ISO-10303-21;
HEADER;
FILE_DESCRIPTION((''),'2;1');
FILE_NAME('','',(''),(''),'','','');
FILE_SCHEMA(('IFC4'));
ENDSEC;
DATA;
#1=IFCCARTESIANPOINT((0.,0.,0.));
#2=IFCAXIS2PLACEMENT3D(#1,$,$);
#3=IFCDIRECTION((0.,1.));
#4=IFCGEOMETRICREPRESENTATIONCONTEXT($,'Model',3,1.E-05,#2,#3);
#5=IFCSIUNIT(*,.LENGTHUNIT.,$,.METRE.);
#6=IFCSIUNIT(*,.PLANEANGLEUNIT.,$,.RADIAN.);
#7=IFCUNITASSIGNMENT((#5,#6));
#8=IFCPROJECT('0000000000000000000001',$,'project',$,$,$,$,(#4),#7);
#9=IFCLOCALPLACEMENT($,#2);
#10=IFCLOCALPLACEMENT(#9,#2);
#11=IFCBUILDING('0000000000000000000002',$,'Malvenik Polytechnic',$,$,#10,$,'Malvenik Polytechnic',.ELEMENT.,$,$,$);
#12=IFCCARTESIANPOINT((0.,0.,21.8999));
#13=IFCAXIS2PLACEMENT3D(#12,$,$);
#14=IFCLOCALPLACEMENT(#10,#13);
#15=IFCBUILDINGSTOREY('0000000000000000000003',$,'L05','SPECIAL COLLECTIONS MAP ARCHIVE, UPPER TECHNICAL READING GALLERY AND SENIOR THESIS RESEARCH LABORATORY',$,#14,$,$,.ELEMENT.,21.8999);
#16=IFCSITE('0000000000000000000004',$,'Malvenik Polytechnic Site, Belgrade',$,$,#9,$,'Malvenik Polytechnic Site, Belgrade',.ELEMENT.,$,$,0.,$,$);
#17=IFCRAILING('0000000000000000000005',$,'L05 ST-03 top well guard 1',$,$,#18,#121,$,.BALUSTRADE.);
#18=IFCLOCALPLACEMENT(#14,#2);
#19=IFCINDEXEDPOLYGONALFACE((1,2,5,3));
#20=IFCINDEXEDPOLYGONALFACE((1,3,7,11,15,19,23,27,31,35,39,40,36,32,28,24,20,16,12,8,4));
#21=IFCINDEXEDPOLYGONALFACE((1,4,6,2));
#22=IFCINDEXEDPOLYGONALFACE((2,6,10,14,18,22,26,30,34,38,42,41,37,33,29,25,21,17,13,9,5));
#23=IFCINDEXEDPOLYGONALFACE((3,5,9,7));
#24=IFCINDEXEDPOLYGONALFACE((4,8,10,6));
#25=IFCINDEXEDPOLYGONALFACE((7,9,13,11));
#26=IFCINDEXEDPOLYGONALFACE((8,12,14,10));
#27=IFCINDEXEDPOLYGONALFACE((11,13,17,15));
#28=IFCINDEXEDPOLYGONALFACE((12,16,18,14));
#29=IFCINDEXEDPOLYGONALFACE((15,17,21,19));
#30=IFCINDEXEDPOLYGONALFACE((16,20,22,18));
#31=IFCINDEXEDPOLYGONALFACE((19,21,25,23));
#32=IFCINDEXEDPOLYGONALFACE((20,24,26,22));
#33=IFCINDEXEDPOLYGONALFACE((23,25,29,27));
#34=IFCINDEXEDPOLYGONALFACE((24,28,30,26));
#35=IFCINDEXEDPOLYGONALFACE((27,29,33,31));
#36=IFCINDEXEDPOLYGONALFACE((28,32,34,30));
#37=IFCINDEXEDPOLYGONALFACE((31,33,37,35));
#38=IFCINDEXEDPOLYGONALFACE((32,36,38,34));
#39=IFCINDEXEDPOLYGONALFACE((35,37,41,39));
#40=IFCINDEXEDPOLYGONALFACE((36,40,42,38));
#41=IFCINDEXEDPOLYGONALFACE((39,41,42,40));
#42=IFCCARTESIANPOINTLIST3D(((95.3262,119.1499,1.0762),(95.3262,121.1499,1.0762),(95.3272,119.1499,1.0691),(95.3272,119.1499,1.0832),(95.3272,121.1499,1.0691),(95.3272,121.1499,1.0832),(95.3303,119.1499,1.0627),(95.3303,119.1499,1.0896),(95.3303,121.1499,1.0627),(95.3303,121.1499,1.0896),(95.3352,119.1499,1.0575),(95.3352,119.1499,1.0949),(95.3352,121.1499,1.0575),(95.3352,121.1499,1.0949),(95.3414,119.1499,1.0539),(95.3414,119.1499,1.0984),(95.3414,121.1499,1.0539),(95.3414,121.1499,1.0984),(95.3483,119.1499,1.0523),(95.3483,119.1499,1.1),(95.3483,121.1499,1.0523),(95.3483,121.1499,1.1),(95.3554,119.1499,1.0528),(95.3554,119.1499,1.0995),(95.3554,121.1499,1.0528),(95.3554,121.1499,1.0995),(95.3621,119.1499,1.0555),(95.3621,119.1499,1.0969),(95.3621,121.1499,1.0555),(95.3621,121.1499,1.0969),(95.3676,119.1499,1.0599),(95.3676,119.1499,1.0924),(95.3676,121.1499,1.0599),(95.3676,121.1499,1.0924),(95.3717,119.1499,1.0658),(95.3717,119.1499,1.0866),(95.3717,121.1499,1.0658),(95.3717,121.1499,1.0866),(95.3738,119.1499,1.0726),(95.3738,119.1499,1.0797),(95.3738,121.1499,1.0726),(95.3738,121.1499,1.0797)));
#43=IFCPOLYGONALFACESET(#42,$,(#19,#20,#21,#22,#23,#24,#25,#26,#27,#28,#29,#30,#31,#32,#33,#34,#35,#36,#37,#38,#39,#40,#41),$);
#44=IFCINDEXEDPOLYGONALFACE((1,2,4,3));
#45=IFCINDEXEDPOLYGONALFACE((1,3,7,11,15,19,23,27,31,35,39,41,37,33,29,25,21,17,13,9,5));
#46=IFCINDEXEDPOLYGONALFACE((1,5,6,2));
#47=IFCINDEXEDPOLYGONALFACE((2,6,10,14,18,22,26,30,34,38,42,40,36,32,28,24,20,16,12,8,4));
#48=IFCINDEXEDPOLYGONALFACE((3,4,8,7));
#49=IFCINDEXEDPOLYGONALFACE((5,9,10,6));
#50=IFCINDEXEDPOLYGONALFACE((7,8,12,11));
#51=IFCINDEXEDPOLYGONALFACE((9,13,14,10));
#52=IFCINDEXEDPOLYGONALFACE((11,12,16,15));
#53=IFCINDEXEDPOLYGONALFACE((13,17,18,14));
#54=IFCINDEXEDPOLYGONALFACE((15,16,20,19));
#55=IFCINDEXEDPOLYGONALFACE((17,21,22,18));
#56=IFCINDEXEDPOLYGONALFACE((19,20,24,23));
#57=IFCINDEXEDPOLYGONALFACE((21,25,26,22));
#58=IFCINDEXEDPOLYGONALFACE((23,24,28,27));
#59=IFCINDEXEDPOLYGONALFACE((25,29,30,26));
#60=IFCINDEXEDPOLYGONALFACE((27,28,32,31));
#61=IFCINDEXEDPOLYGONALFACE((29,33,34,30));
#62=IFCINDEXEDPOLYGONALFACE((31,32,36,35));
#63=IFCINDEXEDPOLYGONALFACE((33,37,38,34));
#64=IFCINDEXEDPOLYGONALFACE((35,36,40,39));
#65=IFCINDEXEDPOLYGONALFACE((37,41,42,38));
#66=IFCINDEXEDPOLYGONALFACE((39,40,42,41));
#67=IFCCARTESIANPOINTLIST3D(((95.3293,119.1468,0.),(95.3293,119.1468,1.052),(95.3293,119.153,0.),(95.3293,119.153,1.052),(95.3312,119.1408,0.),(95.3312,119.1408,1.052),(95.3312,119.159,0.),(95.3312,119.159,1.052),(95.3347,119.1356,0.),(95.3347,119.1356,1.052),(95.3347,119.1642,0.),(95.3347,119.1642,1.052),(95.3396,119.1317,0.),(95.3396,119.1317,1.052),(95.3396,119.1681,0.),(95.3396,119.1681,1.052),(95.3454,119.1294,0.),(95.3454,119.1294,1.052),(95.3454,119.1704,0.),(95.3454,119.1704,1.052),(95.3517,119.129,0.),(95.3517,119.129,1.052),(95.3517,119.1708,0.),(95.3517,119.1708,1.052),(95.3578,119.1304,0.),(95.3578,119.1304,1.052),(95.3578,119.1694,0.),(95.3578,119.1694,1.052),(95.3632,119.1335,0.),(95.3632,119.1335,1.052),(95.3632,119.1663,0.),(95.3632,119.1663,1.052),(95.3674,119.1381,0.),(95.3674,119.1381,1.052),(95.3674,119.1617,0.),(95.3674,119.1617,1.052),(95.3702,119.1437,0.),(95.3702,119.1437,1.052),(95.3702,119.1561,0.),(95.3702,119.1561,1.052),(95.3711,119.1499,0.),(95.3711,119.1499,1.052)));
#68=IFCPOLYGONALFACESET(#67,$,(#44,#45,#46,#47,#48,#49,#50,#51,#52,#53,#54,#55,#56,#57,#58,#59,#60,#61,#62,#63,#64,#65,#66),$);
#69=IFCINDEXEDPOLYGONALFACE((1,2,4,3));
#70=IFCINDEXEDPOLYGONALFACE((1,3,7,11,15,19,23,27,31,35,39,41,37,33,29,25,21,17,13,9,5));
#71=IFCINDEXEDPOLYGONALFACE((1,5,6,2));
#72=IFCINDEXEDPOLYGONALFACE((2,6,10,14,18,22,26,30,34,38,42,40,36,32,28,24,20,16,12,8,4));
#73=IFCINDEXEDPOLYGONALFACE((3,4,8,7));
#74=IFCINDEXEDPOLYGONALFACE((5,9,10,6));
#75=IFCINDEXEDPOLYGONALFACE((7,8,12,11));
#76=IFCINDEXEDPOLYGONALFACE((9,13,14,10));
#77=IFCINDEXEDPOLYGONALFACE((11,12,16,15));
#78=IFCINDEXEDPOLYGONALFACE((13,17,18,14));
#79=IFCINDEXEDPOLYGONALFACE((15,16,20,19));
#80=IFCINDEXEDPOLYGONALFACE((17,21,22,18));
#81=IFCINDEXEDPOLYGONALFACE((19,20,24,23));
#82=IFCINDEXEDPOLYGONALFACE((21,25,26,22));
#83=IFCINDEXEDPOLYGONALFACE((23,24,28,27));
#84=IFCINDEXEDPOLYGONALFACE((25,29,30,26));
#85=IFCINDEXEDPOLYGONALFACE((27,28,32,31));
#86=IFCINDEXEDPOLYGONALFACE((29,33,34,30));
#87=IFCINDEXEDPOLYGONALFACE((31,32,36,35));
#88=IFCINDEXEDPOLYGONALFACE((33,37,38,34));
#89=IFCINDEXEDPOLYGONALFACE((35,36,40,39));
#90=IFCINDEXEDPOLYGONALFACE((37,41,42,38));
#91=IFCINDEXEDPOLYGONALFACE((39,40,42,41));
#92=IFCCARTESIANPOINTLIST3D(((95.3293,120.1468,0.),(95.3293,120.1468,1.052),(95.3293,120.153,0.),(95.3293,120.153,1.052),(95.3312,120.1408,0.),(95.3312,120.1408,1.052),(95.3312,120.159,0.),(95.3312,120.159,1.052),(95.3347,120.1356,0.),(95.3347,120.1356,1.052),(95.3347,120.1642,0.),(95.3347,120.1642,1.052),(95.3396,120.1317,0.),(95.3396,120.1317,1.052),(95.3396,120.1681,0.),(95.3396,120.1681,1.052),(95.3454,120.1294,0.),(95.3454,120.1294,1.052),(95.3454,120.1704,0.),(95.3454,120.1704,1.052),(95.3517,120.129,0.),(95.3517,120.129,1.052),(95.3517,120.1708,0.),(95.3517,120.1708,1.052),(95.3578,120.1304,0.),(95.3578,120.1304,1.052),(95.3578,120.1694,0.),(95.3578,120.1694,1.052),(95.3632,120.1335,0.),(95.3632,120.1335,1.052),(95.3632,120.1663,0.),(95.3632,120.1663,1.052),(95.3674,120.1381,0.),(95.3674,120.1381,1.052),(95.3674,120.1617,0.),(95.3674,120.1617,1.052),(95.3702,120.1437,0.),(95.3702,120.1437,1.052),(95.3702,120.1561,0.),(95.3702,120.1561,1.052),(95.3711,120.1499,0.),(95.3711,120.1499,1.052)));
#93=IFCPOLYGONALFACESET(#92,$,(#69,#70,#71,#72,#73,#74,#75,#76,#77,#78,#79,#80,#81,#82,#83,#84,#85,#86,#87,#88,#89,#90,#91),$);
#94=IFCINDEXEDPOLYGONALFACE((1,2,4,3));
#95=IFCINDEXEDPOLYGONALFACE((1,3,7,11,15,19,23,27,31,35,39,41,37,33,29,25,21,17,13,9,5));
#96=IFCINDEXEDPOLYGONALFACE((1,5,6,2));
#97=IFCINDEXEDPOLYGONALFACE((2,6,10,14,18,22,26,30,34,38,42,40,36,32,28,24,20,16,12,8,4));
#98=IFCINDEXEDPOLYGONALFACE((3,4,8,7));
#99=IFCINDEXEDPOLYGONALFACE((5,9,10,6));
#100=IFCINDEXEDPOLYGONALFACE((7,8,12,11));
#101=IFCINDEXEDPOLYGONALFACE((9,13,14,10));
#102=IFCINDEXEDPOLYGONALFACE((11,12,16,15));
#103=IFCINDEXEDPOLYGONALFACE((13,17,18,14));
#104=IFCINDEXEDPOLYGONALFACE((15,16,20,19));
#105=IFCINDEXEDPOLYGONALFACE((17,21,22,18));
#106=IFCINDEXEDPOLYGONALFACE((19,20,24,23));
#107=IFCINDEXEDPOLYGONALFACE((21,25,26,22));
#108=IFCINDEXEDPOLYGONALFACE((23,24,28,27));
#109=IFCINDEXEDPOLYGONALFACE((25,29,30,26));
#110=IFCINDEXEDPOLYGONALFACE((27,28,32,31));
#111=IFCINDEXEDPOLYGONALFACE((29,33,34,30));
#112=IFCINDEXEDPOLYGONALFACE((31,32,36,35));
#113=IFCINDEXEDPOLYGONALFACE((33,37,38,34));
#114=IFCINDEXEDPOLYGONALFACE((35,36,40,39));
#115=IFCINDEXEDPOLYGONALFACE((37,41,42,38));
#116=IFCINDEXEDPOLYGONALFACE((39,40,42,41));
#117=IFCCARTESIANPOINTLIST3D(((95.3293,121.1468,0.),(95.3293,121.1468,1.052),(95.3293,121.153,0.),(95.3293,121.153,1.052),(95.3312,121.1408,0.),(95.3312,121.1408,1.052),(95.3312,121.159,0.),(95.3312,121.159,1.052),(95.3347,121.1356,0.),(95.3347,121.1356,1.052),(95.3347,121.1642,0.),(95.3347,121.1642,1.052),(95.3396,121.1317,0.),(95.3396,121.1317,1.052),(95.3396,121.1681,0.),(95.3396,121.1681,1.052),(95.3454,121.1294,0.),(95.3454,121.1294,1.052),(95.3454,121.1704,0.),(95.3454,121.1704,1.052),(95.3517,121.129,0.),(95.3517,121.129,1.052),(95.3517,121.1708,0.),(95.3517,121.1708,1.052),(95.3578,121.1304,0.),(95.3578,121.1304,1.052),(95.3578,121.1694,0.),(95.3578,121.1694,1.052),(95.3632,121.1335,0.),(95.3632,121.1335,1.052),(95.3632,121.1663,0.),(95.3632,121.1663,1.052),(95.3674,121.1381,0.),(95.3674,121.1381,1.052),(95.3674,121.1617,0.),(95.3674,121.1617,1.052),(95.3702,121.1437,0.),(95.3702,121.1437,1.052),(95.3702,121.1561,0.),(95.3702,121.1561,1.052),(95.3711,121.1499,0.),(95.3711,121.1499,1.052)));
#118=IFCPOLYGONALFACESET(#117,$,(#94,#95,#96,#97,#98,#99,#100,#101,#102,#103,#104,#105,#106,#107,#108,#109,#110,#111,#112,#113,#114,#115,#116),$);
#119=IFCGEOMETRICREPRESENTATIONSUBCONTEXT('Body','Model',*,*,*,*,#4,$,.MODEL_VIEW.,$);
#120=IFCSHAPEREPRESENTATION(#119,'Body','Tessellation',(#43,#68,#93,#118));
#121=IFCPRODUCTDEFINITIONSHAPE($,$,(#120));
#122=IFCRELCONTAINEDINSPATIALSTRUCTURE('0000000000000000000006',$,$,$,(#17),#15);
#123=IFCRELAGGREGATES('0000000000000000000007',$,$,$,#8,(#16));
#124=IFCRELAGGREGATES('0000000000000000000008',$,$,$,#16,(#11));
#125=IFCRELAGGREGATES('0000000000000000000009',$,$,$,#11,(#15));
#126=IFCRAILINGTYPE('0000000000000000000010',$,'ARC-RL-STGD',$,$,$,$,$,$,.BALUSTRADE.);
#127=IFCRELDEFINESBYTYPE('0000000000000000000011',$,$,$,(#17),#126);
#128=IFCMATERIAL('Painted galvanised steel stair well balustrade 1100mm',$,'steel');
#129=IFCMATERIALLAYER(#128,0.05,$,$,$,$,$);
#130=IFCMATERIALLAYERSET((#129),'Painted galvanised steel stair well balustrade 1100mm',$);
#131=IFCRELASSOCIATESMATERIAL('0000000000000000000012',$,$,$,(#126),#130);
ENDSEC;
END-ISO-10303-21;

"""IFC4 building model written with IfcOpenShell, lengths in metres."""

from ifc_helpers import new_model, si_unit, direction, frame, origin, origin_2d, place, context, subcontext, project, spatial, circle, extrude, material, layer, layer_set, type_object, element, save


model = new_model("IFC4")

# Units and contexts
model_context = context("Model", 3, precision=1e-05, world=origin(), true_north=direction((0.0, 1.0)))
body_context = subcontext(model_context, "Body", "Model", "MODEL_VIEW")
ifc_project = project(units=[si_unit("LENGTHUNIT", "METRE"), si_unit("PLANEANGLEUNIT", "RADIAN")], contexts=[model_context])

# Site, building, storey
site_placement = place(None, origin())
site = spatial("IfcSite", under=ifc_project, at=site_placement, Name="Malvenik Polytechnic Site, Belgrade", LongName="Malvenik Polytechnic Site, Belgrade", CompositionType="ELEMENT", RefElevation=0.0)
building_placement = place(site_placement, origin())
building = spatial("IfcBuilding", under=site, at=building_placement, Name="Malvenik Polytechnic", LongName="Malvenik Polytechnic", CompositionType="ELEMENT")
storey_placement = place(building_placement, frame((0.0, 0.0, 21.8999)))
storey = spatial("IfcBuildingStorey", under=building, at=storey_placement, Name="L05", Description="SPECIAL COLLECTIONS MAP ARCHIVE, UPPER TECHNICAL READING GALLERY AND SENIOR THESIS RESEARCH LABORATORY", CompositionType="ELEMENT", Elevation=21.8999)

# Railing
ifc_material_1 = material(Name="Painted galvanised steel stair well balustrade 1100mm", Category="steel")
ifc_layer_1 = layer(ifc_material_1, 0.05)
ifc_layer_set_1 = layer_set([ifc_layer_1], Name="Painted galvanised steel stair well balustrade 1100mm")
railing_type_1 = type_object("IfcRailingType", Name="ARC-RL-STGD", PredefinedType="BALUSTRADE", material=ifc_layer_set_1)
railing_1_placement = place(storey_placement, frame((95.3501, 119.1499, 0.0)))
element("IfcRailing", 1, at=railing_1_placement, inside=storey, type_object=railing_type_1, Name="L05 ST-03 top well guard 1", PredefinedType="BALUSTRADE", context=body_context, shape_type="SweptSolid", body=[
    extrude(circle(Radius=0.0239, at=origin_2d()), frame((0.0, 0.0, 1.0762), z_axis=(0.0, 1.0, 0.0), x_axis=(-1.0, 0.0, 0.0)), (0.0, 0.0, 1.0), 2.0),
    extrude(circle(Radius=0.021, at=origin_2d()), origin(), (0.0, 0.0, 1.0), 1.052),
    extrude(circle(Radius=0.021, at=origin_2d()), frame((0.0, 1.0, 0.0)), (0.0, 0.0, 1.0), 1.052),
    extrude(circle(Radius=0.021, at=origin_2d()), frame((0.0, 2.0, 0.0)), (0.0, 0.0, 1.0), 1.052),
])

save(model, "model.ifc")
